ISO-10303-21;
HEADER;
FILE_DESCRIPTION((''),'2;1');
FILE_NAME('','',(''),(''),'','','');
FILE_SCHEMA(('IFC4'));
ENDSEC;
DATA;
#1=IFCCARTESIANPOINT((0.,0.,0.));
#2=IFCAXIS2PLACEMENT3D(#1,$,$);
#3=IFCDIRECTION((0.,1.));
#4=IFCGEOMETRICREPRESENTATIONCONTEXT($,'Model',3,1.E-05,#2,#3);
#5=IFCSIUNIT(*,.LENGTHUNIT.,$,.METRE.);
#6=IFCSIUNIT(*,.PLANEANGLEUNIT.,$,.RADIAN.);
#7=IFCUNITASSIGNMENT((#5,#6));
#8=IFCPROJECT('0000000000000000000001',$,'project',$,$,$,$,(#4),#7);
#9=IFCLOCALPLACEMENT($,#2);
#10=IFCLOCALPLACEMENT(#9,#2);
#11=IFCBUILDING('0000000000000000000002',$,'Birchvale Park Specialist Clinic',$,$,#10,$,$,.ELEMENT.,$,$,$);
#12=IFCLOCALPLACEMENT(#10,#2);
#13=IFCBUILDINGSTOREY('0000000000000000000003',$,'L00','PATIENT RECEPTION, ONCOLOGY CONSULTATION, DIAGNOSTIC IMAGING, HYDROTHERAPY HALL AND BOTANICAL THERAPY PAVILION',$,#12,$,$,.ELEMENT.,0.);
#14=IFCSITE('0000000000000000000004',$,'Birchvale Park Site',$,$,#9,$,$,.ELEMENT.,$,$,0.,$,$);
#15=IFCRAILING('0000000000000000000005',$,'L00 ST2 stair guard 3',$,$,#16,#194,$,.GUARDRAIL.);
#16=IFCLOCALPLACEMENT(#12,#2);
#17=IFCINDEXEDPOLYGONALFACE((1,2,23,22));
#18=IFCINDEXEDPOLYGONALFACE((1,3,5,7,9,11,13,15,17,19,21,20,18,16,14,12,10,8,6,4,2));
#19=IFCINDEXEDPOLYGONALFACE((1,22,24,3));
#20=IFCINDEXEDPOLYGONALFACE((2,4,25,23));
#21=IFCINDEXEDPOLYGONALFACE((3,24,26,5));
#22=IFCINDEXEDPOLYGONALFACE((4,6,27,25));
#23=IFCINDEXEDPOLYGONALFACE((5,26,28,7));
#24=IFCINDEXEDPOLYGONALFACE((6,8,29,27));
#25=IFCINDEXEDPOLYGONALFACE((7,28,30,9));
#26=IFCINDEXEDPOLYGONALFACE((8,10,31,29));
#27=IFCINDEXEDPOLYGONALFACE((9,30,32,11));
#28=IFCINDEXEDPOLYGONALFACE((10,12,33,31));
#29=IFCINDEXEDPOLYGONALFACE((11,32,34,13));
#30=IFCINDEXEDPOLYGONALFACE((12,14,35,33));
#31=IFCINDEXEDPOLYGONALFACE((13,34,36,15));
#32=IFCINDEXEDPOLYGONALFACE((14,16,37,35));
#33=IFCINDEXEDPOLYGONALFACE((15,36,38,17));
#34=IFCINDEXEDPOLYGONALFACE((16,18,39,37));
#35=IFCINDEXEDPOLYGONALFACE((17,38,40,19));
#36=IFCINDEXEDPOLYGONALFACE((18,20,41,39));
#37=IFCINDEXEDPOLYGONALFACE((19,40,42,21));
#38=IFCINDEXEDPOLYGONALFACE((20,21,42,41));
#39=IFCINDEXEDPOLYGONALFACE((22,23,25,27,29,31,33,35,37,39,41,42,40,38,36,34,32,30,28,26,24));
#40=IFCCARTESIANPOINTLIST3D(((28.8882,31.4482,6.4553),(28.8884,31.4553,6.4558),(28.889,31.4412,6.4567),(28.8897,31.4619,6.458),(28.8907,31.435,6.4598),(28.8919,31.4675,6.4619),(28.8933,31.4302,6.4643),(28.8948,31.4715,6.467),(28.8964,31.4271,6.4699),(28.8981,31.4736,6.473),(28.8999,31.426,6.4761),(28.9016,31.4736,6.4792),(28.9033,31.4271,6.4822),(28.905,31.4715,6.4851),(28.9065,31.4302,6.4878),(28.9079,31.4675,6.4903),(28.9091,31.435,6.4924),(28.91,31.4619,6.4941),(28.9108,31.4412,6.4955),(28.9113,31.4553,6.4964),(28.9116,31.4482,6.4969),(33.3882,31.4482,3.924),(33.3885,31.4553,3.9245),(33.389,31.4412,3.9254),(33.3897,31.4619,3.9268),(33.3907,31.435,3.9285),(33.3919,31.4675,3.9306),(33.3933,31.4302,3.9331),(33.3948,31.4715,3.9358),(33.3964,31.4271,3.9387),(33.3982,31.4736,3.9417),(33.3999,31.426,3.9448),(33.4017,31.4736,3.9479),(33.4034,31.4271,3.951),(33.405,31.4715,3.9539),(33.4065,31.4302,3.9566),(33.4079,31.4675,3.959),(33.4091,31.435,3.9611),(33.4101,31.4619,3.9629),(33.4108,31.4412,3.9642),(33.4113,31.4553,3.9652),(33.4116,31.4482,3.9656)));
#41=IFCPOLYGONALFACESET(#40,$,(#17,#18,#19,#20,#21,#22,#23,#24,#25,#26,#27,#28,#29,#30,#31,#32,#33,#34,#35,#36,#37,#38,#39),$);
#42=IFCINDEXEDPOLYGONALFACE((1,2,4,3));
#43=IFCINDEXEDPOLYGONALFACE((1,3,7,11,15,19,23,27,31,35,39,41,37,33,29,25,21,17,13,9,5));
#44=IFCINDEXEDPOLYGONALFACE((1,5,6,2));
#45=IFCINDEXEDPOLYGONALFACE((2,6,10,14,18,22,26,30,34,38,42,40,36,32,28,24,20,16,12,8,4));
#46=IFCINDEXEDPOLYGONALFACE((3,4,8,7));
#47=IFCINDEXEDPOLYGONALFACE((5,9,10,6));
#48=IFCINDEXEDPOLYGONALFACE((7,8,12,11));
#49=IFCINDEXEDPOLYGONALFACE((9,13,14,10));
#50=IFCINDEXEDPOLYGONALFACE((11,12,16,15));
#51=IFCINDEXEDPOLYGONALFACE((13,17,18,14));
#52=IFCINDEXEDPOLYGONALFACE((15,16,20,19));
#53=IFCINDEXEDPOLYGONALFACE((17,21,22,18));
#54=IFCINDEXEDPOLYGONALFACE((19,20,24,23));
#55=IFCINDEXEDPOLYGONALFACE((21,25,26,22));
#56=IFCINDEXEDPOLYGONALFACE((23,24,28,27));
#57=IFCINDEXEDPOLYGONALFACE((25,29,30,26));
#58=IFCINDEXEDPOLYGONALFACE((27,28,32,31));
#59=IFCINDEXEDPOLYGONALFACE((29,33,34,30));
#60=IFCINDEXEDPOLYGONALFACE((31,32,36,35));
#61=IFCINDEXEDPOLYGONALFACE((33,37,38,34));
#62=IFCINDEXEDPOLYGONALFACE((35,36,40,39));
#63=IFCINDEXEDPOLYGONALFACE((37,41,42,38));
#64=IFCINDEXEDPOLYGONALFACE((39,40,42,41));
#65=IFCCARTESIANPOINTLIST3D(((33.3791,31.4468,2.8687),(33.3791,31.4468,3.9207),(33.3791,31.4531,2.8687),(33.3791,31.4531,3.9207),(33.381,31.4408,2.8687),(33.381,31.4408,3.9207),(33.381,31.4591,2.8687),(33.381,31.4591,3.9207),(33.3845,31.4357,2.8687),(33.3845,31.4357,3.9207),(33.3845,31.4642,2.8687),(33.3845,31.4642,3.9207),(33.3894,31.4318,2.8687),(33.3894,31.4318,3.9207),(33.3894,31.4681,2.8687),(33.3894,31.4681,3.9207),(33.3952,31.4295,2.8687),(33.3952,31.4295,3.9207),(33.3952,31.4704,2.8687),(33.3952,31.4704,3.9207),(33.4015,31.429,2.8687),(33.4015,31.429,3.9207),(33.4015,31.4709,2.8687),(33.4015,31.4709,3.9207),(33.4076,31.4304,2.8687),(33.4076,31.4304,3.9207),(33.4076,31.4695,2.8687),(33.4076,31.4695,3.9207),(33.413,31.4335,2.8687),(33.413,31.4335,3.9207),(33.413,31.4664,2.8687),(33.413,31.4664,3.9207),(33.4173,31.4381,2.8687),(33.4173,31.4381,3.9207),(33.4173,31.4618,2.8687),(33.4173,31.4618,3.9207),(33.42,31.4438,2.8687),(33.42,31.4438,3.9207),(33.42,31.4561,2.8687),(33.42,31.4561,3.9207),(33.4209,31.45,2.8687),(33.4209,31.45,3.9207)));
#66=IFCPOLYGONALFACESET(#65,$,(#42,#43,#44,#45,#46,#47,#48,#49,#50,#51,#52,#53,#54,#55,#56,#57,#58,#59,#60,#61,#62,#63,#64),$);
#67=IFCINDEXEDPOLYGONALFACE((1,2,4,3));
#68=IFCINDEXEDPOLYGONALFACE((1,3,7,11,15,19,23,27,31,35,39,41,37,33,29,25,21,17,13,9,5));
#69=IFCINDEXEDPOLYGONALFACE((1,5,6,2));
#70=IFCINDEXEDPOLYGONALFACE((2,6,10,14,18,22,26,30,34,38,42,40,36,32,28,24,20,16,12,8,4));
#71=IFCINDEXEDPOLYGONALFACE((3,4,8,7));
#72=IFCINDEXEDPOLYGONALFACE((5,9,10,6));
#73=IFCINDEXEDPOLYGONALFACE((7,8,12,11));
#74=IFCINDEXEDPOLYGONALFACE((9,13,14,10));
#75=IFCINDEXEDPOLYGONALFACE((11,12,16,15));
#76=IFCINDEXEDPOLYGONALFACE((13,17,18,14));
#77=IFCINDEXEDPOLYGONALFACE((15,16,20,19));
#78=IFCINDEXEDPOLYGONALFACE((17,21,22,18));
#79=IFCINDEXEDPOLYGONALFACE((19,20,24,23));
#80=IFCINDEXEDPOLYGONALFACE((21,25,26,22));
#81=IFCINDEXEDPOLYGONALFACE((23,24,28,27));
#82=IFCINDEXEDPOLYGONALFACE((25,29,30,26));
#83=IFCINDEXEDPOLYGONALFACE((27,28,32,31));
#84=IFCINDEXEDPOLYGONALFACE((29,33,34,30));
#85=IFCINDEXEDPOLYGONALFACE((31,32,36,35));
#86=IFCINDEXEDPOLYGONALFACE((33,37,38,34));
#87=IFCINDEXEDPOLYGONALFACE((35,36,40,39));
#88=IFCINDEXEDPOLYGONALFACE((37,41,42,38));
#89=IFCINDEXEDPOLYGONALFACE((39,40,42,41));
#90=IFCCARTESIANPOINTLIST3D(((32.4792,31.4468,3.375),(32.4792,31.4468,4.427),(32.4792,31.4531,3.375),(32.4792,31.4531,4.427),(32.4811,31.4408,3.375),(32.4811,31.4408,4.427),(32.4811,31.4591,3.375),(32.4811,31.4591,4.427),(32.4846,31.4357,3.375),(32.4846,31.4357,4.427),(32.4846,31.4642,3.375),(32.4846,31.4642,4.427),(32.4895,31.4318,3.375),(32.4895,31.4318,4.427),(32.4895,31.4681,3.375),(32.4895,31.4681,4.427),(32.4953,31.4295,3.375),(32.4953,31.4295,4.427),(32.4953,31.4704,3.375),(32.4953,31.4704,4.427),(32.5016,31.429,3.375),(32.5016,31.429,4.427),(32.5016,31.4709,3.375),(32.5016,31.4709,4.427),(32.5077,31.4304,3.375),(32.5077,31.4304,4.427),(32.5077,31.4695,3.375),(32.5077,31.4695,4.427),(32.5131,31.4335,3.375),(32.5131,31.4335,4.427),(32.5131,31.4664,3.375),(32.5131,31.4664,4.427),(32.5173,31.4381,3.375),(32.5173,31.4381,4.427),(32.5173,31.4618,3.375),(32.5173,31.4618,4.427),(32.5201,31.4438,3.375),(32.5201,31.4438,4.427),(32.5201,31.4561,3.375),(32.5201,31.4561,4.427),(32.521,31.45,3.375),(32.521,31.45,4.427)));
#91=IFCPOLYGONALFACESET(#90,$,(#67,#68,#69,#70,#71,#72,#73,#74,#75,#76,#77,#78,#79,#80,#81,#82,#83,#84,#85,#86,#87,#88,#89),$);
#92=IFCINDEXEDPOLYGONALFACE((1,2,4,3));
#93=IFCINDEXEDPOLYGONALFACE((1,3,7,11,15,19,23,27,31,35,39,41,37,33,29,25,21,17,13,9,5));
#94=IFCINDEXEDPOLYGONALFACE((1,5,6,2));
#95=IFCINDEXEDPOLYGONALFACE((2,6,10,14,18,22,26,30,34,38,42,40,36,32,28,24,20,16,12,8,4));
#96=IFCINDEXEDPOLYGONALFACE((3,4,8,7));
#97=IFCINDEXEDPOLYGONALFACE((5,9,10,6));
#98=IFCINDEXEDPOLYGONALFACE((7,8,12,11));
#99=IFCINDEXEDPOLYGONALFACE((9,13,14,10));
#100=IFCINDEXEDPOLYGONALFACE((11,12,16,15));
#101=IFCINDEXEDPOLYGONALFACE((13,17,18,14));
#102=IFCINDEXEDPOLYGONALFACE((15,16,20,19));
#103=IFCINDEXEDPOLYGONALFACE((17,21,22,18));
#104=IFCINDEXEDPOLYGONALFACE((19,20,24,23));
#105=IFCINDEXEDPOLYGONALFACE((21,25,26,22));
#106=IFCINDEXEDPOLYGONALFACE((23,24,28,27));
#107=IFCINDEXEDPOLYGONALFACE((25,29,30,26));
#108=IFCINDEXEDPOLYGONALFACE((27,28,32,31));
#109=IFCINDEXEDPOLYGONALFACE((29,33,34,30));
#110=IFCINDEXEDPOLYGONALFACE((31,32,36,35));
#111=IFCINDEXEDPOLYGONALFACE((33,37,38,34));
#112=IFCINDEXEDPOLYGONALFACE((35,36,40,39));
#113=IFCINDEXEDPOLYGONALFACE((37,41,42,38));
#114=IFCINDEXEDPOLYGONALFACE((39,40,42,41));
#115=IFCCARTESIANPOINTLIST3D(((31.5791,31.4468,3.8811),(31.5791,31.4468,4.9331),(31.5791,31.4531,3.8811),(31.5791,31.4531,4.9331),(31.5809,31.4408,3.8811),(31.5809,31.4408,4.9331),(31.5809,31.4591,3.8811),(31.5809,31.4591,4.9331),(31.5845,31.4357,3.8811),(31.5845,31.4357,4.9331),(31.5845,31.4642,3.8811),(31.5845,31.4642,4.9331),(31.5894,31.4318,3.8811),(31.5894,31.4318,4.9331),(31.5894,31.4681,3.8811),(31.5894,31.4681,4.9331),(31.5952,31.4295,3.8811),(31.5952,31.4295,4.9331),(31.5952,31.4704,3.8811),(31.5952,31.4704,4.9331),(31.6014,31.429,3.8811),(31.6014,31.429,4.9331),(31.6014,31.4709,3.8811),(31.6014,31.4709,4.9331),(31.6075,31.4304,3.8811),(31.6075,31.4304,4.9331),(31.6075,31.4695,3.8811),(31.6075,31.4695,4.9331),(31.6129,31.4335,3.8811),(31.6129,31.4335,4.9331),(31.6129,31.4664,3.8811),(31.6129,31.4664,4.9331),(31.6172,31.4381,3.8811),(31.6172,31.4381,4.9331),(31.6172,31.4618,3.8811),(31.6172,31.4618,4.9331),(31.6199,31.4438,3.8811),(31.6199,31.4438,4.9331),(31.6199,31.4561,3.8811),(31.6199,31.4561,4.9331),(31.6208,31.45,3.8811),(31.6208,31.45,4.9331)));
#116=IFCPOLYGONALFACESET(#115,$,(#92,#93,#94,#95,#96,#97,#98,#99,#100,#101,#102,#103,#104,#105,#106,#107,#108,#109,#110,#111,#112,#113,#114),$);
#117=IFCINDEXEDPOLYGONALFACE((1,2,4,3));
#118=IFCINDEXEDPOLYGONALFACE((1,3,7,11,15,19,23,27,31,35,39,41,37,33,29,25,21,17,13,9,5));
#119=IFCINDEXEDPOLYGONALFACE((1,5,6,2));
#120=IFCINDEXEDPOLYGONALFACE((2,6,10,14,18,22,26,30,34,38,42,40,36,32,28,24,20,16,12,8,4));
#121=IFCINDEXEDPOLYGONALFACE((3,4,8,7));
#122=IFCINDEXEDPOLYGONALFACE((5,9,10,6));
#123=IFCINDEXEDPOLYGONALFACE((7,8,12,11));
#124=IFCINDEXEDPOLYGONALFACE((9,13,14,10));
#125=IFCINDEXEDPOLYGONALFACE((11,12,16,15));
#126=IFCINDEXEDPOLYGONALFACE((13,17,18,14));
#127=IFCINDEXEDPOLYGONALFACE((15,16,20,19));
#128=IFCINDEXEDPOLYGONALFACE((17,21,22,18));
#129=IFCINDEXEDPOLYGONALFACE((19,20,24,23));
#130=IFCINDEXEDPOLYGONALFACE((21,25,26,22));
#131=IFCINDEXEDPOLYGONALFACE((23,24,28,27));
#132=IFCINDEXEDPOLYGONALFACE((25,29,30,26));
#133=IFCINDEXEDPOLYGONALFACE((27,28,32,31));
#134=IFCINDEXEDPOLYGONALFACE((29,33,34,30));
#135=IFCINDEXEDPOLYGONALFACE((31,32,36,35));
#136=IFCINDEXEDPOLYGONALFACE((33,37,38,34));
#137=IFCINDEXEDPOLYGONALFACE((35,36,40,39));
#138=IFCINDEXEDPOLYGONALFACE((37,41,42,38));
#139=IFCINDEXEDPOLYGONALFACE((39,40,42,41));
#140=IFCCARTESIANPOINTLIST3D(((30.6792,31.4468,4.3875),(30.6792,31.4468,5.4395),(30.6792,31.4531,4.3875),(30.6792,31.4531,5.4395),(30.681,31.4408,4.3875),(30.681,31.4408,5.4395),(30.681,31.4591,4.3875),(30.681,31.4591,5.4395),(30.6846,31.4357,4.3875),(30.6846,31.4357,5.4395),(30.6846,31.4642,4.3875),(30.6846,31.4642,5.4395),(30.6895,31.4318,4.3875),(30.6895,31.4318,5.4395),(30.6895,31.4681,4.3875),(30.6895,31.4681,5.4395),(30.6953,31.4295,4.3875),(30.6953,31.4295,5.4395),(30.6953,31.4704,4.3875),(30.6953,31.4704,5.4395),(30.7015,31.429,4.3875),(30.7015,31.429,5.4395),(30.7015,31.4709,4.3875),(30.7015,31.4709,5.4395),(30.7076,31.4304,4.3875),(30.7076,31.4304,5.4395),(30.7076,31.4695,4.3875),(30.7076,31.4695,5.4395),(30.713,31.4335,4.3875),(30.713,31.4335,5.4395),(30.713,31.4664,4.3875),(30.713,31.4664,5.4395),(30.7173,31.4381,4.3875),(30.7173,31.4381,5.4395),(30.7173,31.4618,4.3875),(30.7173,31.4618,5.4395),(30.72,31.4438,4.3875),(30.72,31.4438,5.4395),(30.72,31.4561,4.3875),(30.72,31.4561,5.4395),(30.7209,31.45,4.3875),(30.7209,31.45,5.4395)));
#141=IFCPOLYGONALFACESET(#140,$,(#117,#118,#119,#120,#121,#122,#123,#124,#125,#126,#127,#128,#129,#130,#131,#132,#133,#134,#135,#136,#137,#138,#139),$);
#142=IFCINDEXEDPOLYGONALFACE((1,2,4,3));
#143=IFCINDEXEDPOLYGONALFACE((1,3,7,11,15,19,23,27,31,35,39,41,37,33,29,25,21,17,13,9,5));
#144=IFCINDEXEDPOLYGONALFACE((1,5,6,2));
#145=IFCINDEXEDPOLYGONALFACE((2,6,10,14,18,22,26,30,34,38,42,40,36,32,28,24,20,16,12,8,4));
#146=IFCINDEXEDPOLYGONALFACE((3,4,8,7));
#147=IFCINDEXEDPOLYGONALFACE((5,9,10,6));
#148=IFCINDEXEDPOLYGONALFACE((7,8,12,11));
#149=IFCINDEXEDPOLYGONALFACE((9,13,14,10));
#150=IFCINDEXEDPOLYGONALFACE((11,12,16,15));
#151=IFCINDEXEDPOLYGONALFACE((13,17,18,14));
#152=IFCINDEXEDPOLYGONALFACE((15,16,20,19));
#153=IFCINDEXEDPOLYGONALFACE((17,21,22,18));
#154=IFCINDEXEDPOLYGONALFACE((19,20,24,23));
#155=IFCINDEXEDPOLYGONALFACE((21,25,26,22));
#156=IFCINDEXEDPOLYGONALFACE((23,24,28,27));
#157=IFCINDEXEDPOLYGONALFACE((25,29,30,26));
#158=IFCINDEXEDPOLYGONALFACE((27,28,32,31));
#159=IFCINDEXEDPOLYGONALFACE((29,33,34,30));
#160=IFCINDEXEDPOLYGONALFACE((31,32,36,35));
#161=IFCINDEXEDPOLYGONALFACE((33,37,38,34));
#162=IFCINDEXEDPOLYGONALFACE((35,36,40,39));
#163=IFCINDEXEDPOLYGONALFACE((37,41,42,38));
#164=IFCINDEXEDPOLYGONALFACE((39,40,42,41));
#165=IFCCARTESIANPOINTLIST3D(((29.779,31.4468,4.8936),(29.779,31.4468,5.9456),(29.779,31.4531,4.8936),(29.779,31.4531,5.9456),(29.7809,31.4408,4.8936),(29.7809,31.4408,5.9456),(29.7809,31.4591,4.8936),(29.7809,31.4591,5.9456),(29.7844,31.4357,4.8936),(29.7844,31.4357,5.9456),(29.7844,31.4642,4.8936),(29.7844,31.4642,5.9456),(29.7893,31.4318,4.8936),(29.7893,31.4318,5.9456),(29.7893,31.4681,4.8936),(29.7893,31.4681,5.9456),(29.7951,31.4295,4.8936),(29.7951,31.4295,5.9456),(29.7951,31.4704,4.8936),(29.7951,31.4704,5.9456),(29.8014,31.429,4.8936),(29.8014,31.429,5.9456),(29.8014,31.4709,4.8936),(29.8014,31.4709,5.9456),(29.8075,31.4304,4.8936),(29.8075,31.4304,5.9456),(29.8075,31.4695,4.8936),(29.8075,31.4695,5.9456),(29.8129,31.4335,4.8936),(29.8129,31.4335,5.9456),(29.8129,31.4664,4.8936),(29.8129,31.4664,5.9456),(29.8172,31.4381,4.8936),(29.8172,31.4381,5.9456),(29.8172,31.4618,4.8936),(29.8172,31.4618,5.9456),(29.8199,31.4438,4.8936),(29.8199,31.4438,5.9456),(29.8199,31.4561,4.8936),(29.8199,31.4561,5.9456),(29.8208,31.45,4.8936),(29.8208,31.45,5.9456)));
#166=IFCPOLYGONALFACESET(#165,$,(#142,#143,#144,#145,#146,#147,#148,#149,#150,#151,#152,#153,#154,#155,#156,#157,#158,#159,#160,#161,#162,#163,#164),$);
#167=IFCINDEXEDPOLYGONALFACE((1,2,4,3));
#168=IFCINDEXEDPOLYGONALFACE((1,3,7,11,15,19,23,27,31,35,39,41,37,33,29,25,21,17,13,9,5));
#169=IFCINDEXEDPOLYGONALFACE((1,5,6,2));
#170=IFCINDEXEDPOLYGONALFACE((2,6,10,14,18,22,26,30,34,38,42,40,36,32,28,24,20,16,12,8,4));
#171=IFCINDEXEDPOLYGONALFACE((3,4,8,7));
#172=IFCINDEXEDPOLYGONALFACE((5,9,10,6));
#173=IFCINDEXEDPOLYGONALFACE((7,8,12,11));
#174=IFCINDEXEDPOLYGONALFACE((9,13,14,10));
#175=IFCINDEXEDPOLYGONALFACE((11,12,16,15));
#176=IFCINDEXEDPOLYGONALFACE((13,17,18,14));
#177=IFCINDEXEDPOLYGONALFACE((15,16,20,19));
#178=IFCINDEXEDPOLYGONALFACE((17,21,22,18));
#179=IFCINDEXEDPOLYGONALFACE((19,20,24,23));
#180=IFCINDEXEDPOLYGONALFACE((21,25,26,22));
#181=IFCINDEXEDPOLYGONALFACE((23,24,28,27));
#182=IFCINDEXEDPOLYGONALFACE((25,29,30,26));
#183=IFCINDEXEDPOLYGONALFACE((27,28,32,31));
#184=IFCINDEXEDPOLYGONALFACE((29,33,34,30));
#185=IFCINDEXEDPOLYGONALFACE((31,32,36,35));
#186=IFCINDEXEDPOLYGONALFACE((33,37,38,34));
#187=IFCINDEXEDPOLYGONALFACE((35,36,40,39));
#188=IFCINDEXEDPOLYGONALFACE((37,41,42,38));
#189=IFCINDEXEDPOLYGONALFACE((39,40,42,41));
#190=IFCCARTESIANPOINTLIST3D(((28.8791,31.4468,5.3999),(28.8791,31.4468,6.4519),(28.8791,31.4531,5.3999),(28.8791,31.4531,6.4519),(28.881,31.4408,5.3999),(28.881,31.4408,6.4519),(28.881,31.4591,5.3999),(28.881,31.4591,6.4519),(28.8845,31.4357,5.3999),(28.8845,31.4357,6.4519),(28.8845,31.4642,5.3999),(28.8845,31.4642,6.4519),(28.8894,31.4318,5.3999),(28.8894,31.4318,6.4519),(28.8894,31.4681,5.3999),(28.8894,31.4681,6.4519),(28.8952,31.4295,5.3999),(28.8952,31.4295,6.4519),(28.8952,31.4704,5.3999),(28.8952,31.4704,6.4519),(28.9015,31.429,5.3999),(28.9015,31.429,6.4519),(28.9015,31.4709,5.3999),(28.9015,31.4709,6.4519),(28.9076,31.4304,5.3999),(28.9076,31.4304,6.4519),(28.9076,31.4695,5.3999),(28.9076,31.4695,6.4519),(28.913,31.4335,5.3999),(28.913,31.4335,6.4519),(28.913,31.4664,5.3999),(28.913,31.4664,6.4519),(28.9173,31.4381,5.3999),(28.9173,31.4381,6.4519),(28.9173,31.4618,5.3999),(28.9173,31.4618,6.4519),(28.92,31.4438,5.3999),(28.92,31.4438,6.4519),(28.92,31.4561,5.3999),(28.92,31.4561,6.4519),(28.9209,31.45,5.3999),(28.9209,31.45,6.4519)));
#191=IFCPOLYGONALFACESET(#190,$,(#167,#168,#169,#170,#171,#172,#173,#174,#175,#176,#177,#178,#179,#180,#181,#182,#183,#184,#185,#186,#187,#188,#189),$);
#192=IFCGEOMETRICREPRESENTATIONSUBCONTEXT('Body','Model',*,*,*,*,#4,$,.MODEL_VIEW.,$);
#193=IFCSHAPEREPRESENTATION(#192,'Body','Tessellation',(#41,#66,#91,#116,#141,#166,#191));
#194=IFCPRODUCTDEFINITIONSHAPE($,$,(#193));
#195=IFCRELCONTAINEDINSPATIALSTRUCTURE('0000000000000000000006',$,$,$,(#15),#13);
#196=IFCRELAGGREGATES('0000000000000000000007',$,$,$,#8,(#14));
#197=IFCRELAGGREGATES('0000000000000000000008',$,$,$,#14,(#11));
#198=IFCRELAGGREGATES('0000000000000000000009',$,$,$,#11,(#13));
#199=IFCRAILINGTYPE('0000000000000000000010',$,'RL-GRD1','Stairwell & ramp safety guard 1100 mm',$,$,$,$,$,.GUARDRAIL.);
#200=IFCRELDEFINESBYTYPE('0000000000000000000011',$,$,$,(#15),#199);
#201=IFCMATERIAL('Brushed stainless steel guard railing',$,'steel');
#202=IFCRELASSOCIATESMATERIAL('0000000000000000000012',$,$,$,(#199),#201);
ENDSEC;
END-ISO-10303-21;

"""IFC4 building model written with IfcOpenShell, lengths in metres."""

from ifc_helpers import new_model, si_unit, direction, frame, origin, origin_2d, place, context, subcontext, project, spatial, circle, extrude, material, type_object, element, save


model = new_model("IFC4")

# Units and contexts
model_context = context("Model", 3, precision=1e-05, world=origin(), true_north=direction((0.0, 1.0)))
body_context = subcontext(model_context, "Body", "Model", "MODEL_VIEW")
ifc_project = project(units=[si_unit("LENGTHUNIT", "METRE"), si_unit("PLANEANGLEUNIT", "RADIAN")], contexts=[model_context])

# Site, building, storey
site_placement = place(None, origin())
site = spatial("IfcSite", under=ifc_project, at=site_placement, Name="Birchvale Park Site", CompositionType="ELEMENT", RefElevation=0.0)
building_placement = place(site_placement, origin())
building = spatial("IfcBuilding", under=site, at=building_placement, Name="Birchvale Park Specialist Clinic", CompositionType="ELEMENT")
storey_placement = place(building_placement, origin())
storey = spatial("IfcBuildingStorey", under=building, at=storey_placement, Name="L00", Description="PATIENT RECEPTION, ONCOLOGY CONSULTATION, DIAGNOSTIC IMAGING, HYDROTHERAPY HALL AND BOTANICAL THERAPY PAVILION", CompositionType="ELEMENT", Elevation=0.0)

# Railing
ifc_material_1 = material(Name="Brushed stainless steel guard railing", Category="steel")
railing_type_1 = type_object("IfcRailingType", Name="RL-GRD1", Description="Stairwell & ramp safety guard 1100 mm", PredefinedType="GUARDRAIL", material=ifc_material_1)
railing_1_placement = place(storey_placement, frame((33.3999, 31.45, 2.8687)))
element("IfcRailing", 1, at=railing_1_placement, inside=storey, type_object=railing_type_1, Name="L00 ST2 stair guard 3", PredefinedType="GUARDRAIL", context=body_context, shape_type="SweptSolid", body=[
    extrude(circle(Radius=0.0239, at=origin_2d()), frame((0.0, 0.0, 1.0762), z_axis=(-0.871576, 0.0, 0.490261), x_axis=(0.0, -1.0, 0.0)), (0.0, 0.0, 1.0), 5.1631),
    extrude(circle(Radius=0.021, at=origin_2d()), origin(), (0.0, 0.0, 1.0), 1.052),
    extrude(circle(Radius=0.021, at=origin_2d()), frame((-0.8999, 0.0, 0.5063)), (0.0, 0.0, 1.0), 1.052),
    extrude(circle(Radius=0.021, at=origin_2d()), frame((-1.8, 0.0, 1.0125)), (0.0, 0.0, 1.0), 1.052),
    extrude(circle(Radius=0.021, at=origin_2d()), frame((-2.7, 0.0, 1.5188)), (0.0, 0.0, 1.0), 1.052),
    extrude(circle(Radius=0.021, at=origin_2d()), frame((-3.6001, 0.0, 2.0249)), (0.0, 0.0, 1.0), 1.052),
    extrude(circle(Radius=0.021, at=origin_2d()), frame((-4.5, 0.0, 2.5312)), (0.0, 0.0, 1.0), 1.052),
])

save(model, "model.ifc")
